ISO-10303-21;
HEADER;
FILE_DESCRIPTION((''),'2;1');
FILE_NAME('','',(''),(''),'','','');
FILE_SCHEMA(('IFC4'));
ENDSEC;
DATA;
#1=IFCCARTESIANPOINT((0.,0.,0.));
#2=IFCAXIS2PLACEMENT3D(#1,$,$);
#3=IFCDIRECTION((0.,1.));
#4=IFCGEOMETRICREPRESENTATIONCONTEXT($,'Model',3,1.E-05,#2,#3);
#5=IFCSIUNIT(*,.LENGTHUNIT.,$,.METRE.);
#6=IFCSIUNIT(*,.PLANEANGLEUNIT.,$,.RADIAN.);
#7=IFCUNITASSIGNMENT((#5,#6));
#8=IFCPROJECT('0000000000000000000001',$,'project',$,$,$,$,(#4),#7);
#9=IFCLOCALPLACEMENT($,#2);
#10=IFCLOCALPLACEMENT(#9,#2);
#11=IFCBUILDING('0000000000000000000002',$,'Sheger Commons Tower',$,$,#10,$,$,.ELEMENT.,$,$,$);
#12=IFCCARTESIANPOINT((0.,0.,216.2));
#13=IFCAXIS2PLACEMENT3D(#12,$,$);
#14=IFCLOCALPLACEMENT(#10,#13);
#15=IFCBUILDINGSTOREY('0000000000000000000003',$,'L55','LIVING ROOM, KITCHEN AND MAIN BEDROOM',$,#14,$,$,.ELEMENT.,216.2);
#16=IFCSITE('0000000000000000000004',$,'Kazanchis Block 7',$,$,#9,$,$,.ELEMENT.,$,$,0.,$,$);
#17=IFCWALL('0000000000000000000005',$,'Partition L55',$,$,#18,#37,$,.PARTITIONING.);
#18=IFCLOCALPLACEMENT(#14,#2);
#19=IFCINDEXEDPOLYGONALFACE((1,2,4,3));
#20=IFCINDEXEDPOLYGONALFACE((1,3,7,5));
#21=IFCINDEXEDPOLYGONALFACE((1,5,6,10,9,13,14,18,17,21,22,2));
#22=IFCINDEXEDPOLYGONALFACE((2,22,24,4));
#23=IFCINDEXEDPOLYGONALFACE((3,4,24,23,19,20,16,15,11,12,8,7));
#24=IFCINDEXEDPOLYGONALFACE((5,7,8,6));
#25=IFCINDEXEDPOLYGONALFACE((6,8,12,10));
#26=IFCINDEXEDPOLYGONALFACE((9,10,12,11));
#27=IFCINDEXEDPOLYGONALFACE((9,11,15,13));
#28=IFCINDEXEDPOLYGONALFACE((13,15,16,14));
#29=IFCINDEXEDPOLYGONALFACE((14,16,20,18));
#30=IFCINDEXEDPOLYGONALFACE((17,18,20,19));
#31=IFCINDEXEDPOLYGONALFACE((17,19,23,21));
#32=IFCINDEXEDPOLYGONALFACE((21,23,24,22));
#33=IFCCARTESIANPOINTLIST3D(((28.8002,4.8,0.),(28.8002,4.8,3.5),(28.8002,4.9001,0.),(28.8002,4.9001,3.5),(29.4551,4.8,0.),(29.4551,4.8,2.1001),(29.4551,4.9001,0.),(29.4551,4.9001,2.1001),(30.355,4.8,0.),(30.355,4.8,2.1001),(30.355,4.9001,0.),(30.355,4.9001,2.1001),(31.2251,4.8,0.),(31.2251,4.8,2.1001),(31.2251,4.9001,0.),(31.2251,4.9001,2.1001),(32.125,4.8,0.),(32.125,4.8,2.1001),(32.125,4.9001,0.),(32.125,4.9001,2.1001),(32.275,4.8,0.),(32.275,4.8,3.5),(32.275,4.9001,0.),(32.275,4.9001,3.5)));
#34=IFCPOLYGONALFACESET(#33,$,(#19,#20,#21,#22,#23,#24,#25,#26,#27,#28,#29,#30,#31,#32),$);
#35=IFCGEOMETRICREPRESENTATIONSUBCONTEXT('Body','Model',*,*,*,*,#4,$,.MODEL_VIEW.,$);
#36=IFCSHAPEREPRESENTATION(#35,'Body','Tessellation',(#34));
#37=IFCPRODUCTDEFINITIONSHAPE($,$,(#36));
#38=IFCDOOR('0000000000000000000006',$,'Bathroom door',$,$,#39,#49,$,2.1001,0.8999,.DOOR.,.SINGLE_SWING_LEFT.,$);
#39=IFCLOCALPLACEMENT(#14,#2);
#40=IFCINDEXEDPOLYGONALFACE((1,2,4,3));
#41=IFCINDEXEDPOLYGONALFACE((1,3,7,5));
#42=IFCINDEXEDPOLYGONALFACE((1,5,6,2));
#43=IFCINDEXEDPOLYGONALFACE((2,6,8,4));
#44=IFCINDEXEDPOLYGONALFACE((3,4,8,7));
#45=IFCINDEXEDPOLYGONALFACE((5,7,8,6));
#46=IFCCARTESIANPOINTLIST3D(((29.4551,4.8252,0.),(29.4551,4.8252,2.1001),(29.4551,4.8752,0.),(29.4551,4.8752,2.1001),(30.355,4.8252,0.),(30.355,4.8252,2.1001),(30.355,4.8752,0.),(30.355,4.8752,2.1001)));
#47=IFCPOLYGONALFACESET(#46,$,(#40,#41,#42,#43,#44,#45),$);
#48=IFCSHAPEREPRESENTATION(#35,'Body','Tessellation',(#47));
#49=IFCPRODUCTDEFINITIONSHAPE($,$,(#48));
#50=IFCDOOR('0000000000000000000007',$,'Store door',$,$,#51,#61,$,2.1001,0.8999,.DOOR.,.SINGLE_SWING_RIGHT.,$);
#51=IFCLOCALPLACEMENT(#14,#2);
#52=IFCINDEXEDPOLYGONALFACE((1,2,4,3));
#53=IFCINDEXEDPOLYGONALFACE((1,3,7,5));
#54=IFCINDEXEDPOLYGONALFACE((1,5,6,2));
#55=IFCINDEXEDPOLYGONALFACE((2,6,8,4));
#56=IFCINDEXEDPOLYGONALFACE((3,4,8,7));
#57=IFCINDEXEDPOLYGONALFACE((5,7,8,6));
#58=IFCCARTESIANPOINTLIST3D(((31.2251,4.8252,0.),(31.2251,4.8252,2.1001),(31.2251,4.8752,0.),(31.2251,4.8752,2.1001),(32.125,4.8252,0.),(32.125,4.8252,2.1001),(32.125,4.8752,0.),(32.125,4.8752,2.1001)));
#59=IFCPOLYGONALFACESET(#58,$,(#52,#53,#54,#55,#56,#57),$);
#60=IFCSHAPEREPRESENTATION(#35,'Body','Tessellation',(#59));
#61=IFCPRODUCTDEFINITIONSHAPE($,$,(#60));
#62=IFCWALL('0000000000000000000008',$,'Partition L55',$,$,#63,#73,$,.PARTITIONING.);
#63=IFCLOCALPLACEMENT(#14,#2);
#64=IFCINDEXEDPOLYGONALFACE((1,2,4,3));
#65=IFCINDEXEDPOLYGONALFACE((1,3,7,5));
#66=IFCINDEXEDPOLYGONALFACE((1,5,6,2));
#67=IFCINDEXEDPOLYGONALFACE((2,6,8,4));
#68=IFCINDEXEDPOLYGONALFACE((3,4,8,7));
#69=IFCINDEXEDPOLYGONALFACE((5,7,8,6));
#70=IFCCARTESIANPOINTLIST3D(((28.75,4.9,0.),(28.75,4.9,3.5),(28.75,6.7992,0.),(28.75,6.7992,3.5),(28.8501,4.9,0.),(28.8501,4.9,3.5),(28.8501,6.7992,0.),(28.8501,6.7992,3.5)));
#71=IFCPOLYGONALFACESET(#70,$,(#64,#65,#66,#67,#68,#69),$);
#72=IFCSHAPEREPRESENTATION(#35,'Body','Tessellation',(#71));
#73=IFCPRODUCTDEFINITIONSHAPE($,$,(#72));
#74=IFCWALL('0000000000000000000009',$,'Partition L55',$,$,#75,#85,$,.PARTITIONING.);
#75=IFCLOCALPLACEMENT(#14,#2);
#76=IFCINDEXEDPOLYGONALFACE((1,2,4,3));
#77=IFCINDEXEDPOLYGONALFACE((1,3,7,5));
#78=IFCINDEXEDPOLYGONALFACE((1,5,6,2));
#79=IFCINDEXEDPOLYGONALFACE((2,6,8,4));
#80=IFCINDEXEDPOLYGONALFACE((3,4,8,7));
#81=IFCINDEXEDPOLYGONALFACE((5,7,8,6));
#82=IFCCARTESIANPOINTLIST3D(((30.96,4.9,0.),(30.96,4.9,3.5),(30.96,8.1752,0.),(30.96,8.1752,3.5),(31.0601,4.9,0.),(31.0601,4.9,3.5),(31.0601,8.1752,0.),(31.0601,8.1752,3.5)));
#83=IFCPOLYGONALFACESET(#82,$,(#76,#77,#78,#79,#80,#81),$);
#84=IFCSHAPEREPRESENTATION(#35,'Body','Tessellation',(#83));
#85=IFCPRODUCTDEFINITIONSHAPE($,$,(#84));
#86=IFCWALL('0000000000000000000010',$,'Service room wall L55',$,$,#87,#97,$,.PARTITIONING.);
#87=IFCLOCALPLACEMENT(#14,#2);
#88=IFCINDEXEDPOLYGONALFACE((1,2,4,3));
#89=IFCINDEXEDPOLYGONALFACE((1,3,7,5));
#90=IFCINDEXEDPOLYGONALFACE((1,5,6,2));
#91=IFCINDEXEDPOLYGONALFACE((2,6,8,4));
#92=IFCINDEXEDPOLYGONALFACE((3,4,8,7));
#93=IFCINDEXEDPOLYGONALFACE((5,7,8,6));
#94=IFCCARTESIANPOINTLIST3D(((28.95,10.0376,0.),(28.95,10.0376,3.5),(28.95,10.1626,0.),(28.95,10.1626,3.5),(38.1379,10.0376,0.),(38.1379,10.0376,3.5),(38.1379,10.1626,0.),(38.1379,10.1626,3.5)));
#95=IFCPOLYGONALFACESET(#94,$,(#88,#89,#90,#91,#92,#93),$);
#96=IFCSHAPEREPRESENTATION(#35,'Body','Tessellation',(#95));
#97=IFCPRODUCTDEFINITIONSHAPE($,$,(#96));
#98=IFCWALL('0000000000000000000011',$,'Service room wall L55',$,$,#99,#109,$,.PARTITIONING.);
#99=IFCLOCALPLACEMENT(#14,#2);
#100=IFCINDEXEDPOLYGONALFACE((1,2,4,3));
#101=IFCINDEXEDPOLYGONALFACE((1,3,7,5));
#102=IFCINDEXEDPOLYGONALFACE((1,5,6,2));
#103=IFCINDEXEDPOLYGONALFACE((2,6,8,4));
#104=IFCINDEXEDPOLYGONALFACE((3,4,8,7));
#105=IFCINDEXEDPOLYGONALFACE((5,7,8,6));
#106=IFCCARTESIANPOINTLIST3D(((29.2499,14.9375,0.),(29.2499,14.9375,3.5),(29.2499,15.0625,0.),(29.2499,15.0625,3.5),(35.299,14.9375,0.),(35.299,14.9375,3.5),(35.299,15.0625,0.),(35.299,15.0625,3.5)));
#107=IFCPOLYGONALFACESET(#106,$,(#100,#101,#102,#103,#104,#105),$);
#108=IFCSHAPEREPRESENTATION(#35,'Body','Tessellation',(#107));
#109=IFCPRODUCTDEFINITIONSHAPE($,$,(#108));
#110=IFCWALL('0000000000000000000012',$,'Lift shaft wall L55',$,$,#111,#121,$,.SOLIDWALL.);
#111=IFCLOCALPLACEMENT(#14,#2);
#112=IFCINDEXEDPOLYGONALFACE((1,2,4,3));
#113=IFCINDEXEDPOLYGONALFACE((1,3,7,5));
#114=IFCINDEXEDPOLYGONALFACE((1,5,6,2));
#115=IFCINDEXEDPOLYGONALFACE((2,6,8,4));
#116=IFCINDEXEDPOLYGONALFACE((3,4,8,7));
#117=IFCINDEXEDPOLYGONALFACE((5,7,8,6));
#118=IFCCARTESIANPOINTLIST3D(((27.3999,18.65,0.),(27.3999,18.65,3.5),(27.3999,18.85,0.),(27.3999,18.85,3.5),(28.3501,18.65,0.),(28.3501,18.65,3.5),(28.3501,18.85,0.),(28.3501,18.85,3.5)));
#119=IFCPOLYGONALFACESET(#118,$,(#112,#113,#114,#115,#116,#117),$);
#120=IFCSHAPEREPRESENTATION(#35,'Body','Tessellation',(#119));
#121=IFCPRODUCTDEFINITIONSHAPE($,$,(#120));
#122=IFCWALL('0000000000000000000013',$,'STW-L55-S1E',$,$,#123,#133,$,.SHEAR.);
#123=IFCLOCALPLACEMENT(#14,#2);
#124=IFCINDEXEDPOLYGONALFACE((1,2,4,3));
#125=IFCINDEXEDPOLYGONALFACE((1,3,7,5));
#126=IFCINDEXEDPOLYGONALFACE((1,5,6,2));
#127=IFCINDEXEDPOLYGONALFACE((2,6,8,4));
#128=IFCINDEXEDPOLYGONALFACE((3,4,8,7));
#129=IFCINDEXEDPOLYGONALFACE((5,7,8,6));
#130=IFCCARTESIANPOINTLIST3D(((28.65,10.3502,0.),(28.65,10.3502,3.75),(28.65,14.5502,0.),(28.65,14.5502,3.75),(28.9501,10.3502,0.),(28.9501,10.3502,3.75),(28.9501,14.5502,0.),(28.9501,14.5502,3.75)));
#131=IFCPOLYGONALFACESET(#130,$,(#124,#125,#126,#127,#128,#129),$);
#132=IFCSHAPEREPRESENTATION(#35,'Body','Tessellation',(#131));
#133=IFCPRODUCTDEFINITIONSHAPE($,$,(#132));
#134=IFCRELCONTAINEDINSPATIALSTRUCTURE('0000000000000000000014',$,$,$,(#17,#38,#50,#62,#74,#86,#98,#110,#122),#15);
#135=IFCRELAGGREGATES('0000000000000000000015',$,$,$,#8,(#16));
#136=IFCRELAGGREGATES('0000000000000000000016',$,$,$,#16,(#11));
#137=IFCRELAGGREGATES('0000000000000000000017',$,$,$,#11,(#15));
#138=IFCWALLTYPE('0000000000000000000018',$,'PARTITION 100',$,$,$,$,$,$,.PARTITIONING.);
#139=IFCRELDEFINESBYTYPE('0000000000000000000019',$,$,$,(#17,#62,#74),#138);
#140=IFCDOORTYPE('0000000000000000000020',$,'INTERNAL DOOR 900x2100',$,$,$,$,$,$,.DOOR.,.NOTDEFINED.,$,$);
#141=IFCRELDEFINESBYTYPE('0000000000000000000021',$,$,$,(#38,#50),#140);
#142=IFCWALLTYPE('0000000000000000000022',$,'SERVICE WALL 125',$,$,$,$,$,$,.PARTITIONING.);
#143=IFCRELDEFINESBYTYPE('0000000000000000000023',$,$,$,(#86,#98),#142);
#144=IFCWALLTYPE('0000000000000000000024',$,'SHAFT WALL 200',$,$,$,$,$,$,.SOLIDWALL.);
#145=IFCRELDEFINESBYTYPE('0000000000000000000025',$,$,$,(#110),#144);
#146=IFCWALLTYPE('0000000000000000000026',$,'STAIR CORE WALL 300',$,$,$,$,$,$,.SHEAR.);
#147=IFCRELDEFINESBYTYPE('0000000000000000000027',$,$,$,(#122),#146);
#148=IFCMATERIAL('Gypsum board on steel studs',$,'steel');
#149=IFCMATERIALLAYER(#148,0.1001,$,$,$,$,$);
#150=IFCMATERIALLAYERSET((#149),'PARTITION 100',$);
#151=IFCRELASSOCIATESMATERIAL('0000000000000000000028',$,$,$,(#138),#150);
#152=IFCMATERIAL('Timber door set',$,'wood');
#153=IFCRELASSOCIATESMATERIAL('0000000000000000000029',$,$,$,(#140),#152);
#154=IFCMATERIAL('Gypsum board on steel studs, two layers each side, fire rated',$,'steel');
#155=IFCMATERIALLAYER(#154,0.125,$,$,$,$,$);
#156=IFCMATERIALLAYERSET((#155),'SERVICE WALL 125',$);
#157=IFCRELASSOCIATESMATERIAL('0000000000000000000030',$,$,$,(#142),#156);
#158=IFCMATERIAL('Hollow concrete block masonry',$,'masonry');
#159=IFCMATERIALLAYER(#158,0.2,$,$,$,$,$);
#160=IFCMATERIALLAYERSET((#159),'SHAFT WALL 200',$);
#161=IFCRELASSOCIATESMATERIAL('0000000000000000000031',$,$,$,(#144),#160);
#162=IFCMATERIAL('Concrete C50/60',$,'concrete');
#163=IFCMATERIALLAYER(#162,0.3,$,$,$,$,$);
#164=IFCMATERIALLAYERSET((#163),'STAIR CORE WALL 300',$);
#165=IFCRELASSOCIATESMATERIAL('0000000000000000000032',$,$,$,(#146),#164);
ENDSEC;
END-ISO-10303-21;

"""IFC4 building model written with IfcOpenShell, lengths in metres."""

from ifc_helpers import new_model, si_unit, direction, frame, frame_2d, origin, place, context, subcontext, project, spatial, rectangle, extrude, material, layer, layer_set, type_object, element, fill, save


model = new_model("IFC4")

# Units and contexts
model_context = context("Model", 3, precision=1e-05, world=origin(), true_north=direction((0.0, 1.0)))
body_context = subcontext(model_context, "Body", "Model", "MODEL_VIEW")
ifc_project = project(units=[si_unit("LENGTHUNIT", "METRE"), si_unit("PLANEANGLEUNIT", "RADIAN")], contexts=[model_context])

# Site, building, storey
site_placement = place(None, origin())
site = spatial("IfcSite", under=ifc_project, at=site_placement, Name="Kazanchis Block 7", CompositionType="ELEMENT", RefElevation=0.0)
building_placement = place(site_placement, origin())
building = spatial("IfcBuilding", under=site, at=building_placement, Name="Sheger Commons Tower", CompositionType="ELEMENT")
storey_placement = place(building_placement, frame((0.0, 0.0, 216.2)))
storey = spatial("IfcBuildingStorey", under=building, at=storey_placement, Name="L55", Description="LIVING ROOM, KITCHEN AND MAIN BEDROOM", CompositionType="ELEMENT", Elevation=216.2)

# Wall, openings, doors
ifc_material_1 = material(Name="Gypsum board on steel studs", Category="steel")
ifc_layer_1 = layer(ifc_material_1, 0.1001)
ifc_layer_set_1 = layer_set([ifc_layer_1], Name="PARTITION 100")
wall_type_1 = type_object("IfcWallType", Name="PARTITION 100", PredefinedType="PARTITIONING", material=ifc_layer_set_1)
wall_1_placement = place(storey_placement, frame((32.2749, 4.8501, 0.0), z_axis=(0.0, 0.0, 1.0), x_axis=(-1.0, 0.0, 0.0)))
wall_1 = element("IfcWall", 1, at=wall_1_placement, inside=storey, type_object=wall_type_1, Name="Partition L55", PredefinedType="PARTITIONING", context=body_context, shape_type="SweptSolid", body=[
    extrude(rectangle(XDim=3.4749, YDim=0.1001, at=frame_2d((1.7373, 0.0))), origin(), (0.0, 0.0, 1.0), 3.5),
])
opening_1_placement = place(wall_1_placement, frame((1.9199, 0.0, 0.0)))
opening_1 = element("IfcOpeningElement", 2, at=opening_1_placement, cuts=wall_1, PredefinedType="OPENING", context=body_context, shape_type="SweptSolid", body=[
    extrude(rectangle(XDim=0.8999, YDim=2.1001, at=frame_2d((0.45, 1.05))), frame((0.0, 0.0601, 0.0), z_axis=(0.0, -1.0, 0.0), x_axis=(1.0, 0.0, 0.0)), (0.0, 0.0, 1.0), 0.1201),
])
opening_2_placement = place(wall_1_placement, frame((0.1499, 0.0, 0.0)))
opening_2 = element("IfcOpeningElement", 3, at=opening_2_placement, cuts=wall_1, PredefinedType="OPENING", context=body_context, shape_type="SweptSolid", body=[
    extrude(rectangle(XDim=0.8999, YDim=2.1001, at=frame_2d((0.45, 1.05))), frame((0.0, 0.0601, 0.0), z_axis=(0.0, -1.0, 0.0), x_axis=(1.0, 0.0, 0.0)), (0.0, 0.0, 1.0), 0.1201),
])
ifc_material_2 = material(Name="Timber door set", Category="wood")
door_type_1 = type_object("IfcDoorType", Name="INTERNAL DOOR 900x2100", OperationType="NOTDEFINED", PredefinedType="DOOR", material=ifc_material_2)
door_1_placement = place(opening_1_placement, origin())
door_1 = element("IfcDoor", 4, at=door_1_placement, inside=storey, type_object=door_type_1, Name="Bathroom door", OperationType="SINGLE_SWING_LEFT", OverallHeight=2.1001, OverallWidth=0.8999, PredefinedType="DOOR", context=body_context, shape_type="SweptSolid", body=[
    extrude(rectangle(XDim=0.8999, YDim=2.1001, at=frame_2d((0.45, 1.05))), frame((0.0, 0.0249, 0.0), z_axis=(0.0, -1.0, 0.0), x_axis=(1.0, 0.0, 0.0)), (0.0, 0.0, 1.0), 0.05),
])
fill(opening_1, door_1)
door_2_placement = place(opening_2_placement, origin())
door_2 = element("IfcDoor", 5, at=door_2_placement, inside=storey, type_object=door_type_1, Name="Store door", OperationType="SINGLE_SWING_RIGHT", OverallHeight=2.1001, OverallWidth=0.8999, PredefinedType="DOOR", context=body_context, shape_type="SweptSolid", body=[
    extrude(rectangle(XDim=0.8999, YDim=2.1001, at=frame_2d((0.45, 1.05))), frame((0.0, 0.0249, 0.0), z_axis=(0.0, -1.0, 0.0), x_axis=(1.0, 0.0, 0.0)), (0.0, 0.0, 1.0), 0.05),
])
fill(opening_2, door_2)

# Walls
wall_2_placement = place(storey_placement, frame((28.8, 4.8999, 0.0), z_axis=(0.0, 0.0, 1.0), x_axis=(0.0, 1.0, 0.0)))
element("IfcWall", 6, at=wall_2_placement, inside=storey, type_object=wall_type_1, Name="Partition L55", PredefinedType="PARTITIONING", context=body_context, shape_type="SweptSolid", body=[
    extrude(rectangle(XDim=1.8992, YDim=0.1001, at=frame_2d((0.9497, 0.0))), origin(), (0.0, 0.0, 1.0), 3.5),
])
wall_3_placement = place(storey_placement, frame((31.01, 4.8999, 0.0), z_axis=(0.0, 0.0, 1.0), x_axis=(0.0, 1.0, 0.0)))
element("IfcWall", 7, at=wall_3_placement, inside=storey, type_object=wall_type_1, Name="Partition L55", PredefinedType="PARTITIONING", context=body_context, shape_type="SweptSolid", body=[
    extrude(rectangle(XDim=3.2751, YDim=0.1001, at=frame_2d((1.6377, 0.0))), origin(), (0.0, 0.0, 1.0), 3.5),
])
ifc_material_3 = material(Name="Gypsum board on steel studs, two layers each side, fire rated", Category="steel")
ifc_layer_2 = layer(ifc_material_3, 0.125)
ifc_layer_set_2 = layer_set([ifc_layer_2], Name="SERVICE WALL 125")
wall_type_2 = type_object("IfcWallType", Name="SERVICE WALL 125", PredefinedType="PARTITIONING", material=ifc_layer_set_2)
wall_4_placement = place(storey_placement, frame((28.95, 10.1001, 0.0), z_axis=(0.0, 0.0, 1.0), x_axis=(1.0, 0.0, 0.0)))
element("IfcWall", 8, at=wall_4_placement, inside=storey, type_object=wall_type_2, Name="Service room wall L55", PredefinedType="PARTITIONING", context=body_context, shape_type="SweptSolid", body=[
    extrude(rectangle(XDim=9.188, YDim=0.125, at=frame_2d((4.594, 0.0))), origin(), (0.0, 0.0, 1.0), 3.5),
])
wall_5_placement = place(storey_placement, frame((29.25, 15.0, 0.0), z_axis=(0.0, 0.0, 1.0), x_axis=(1.0, 0.0, 0.0)))
element("IfcWall", 9, at=wall_5_placement, inside=storey, type_object=wall_type_2, Name="Service room wall L55", PredefinedType="PARTITIONING", context=body_context, shape_type="SweptSolid", body=[
    extrude(rectangle(XDim=6.0491, YDim=0.125, at=frame_2d((3.0244, 0.0))), origin(), (0.0, 0.0, 1.0), 3.5),
])
ifc_material_4 = material(Name="Hollow concrete block masonry", Category="masonry")
ifc_layer_3 = layer(ifc_material_4, 0.2)
ifc_layer_set_3 = layer_set([ifc_layer_3], Name="SHAFT WALL 200")
wall_type_3 = type_object("IfcWallType", Name="SHAFT WALL 200", PredefinedType="SOLIDWALL", material=ifc_layer_set_3)
wall_6_placement = place(storey_placement, frame((27.3999, 18.75, 0.0), z_axis=(0.0, 0.0, 1.0), x_axis=(1.0, 0.0, 0.0)))
element("IfcWall", 10, at=wall_6_placement, inside=storey, type_object=wall_type_3, Name="Lift shaft wall L55", PredefinedType="SOLIDWALL", context=body_context, shape_type="SweptSolid", body=[
    extrude(rectangle(XDim=0.9502, YDim=0.2, at=frame_2d((0.4751, 0.0))), origin(), (0.0, 0.0, 1.0), 3.5),
])
ifc_material_5 = material(Name="Concrete C50/60", Category="concrete")
ifc_layer_4 = layer(ifc_material_5, 0.3)
ifc_layer_set_4 = layer_set([ifc_layer_4], Name="STAIR CORE WALL 300")
wall_type_4 = type_object("IfcWallType", Name="STAIR CORE WALL 300", PredefinedType="SHEAR", material=ifc_layer_set_4)
wall_7_placement = place(storey_placement, frame((28.8, 10.3501, 0.0), z_axis=(0.0, 0.0, 1.0), x_axis=(0.0, 1.0, 0.0)))
element("IfcWall", 11, at=wall_7_placement, inside=storey, type_object=wall_type_4, Name="STW-L55-S1E", PredefinedType="SHEAR", context=body_context, shape_type="SweptSolid", body=[
    extrude(rectangle(XDim=4.2, YDim=0.3, at=frame_2d((2.1001, 0.0))), origin(), (0.0, 0.0, 1.0), 3.75),
])

save(model, "model.ifc")
